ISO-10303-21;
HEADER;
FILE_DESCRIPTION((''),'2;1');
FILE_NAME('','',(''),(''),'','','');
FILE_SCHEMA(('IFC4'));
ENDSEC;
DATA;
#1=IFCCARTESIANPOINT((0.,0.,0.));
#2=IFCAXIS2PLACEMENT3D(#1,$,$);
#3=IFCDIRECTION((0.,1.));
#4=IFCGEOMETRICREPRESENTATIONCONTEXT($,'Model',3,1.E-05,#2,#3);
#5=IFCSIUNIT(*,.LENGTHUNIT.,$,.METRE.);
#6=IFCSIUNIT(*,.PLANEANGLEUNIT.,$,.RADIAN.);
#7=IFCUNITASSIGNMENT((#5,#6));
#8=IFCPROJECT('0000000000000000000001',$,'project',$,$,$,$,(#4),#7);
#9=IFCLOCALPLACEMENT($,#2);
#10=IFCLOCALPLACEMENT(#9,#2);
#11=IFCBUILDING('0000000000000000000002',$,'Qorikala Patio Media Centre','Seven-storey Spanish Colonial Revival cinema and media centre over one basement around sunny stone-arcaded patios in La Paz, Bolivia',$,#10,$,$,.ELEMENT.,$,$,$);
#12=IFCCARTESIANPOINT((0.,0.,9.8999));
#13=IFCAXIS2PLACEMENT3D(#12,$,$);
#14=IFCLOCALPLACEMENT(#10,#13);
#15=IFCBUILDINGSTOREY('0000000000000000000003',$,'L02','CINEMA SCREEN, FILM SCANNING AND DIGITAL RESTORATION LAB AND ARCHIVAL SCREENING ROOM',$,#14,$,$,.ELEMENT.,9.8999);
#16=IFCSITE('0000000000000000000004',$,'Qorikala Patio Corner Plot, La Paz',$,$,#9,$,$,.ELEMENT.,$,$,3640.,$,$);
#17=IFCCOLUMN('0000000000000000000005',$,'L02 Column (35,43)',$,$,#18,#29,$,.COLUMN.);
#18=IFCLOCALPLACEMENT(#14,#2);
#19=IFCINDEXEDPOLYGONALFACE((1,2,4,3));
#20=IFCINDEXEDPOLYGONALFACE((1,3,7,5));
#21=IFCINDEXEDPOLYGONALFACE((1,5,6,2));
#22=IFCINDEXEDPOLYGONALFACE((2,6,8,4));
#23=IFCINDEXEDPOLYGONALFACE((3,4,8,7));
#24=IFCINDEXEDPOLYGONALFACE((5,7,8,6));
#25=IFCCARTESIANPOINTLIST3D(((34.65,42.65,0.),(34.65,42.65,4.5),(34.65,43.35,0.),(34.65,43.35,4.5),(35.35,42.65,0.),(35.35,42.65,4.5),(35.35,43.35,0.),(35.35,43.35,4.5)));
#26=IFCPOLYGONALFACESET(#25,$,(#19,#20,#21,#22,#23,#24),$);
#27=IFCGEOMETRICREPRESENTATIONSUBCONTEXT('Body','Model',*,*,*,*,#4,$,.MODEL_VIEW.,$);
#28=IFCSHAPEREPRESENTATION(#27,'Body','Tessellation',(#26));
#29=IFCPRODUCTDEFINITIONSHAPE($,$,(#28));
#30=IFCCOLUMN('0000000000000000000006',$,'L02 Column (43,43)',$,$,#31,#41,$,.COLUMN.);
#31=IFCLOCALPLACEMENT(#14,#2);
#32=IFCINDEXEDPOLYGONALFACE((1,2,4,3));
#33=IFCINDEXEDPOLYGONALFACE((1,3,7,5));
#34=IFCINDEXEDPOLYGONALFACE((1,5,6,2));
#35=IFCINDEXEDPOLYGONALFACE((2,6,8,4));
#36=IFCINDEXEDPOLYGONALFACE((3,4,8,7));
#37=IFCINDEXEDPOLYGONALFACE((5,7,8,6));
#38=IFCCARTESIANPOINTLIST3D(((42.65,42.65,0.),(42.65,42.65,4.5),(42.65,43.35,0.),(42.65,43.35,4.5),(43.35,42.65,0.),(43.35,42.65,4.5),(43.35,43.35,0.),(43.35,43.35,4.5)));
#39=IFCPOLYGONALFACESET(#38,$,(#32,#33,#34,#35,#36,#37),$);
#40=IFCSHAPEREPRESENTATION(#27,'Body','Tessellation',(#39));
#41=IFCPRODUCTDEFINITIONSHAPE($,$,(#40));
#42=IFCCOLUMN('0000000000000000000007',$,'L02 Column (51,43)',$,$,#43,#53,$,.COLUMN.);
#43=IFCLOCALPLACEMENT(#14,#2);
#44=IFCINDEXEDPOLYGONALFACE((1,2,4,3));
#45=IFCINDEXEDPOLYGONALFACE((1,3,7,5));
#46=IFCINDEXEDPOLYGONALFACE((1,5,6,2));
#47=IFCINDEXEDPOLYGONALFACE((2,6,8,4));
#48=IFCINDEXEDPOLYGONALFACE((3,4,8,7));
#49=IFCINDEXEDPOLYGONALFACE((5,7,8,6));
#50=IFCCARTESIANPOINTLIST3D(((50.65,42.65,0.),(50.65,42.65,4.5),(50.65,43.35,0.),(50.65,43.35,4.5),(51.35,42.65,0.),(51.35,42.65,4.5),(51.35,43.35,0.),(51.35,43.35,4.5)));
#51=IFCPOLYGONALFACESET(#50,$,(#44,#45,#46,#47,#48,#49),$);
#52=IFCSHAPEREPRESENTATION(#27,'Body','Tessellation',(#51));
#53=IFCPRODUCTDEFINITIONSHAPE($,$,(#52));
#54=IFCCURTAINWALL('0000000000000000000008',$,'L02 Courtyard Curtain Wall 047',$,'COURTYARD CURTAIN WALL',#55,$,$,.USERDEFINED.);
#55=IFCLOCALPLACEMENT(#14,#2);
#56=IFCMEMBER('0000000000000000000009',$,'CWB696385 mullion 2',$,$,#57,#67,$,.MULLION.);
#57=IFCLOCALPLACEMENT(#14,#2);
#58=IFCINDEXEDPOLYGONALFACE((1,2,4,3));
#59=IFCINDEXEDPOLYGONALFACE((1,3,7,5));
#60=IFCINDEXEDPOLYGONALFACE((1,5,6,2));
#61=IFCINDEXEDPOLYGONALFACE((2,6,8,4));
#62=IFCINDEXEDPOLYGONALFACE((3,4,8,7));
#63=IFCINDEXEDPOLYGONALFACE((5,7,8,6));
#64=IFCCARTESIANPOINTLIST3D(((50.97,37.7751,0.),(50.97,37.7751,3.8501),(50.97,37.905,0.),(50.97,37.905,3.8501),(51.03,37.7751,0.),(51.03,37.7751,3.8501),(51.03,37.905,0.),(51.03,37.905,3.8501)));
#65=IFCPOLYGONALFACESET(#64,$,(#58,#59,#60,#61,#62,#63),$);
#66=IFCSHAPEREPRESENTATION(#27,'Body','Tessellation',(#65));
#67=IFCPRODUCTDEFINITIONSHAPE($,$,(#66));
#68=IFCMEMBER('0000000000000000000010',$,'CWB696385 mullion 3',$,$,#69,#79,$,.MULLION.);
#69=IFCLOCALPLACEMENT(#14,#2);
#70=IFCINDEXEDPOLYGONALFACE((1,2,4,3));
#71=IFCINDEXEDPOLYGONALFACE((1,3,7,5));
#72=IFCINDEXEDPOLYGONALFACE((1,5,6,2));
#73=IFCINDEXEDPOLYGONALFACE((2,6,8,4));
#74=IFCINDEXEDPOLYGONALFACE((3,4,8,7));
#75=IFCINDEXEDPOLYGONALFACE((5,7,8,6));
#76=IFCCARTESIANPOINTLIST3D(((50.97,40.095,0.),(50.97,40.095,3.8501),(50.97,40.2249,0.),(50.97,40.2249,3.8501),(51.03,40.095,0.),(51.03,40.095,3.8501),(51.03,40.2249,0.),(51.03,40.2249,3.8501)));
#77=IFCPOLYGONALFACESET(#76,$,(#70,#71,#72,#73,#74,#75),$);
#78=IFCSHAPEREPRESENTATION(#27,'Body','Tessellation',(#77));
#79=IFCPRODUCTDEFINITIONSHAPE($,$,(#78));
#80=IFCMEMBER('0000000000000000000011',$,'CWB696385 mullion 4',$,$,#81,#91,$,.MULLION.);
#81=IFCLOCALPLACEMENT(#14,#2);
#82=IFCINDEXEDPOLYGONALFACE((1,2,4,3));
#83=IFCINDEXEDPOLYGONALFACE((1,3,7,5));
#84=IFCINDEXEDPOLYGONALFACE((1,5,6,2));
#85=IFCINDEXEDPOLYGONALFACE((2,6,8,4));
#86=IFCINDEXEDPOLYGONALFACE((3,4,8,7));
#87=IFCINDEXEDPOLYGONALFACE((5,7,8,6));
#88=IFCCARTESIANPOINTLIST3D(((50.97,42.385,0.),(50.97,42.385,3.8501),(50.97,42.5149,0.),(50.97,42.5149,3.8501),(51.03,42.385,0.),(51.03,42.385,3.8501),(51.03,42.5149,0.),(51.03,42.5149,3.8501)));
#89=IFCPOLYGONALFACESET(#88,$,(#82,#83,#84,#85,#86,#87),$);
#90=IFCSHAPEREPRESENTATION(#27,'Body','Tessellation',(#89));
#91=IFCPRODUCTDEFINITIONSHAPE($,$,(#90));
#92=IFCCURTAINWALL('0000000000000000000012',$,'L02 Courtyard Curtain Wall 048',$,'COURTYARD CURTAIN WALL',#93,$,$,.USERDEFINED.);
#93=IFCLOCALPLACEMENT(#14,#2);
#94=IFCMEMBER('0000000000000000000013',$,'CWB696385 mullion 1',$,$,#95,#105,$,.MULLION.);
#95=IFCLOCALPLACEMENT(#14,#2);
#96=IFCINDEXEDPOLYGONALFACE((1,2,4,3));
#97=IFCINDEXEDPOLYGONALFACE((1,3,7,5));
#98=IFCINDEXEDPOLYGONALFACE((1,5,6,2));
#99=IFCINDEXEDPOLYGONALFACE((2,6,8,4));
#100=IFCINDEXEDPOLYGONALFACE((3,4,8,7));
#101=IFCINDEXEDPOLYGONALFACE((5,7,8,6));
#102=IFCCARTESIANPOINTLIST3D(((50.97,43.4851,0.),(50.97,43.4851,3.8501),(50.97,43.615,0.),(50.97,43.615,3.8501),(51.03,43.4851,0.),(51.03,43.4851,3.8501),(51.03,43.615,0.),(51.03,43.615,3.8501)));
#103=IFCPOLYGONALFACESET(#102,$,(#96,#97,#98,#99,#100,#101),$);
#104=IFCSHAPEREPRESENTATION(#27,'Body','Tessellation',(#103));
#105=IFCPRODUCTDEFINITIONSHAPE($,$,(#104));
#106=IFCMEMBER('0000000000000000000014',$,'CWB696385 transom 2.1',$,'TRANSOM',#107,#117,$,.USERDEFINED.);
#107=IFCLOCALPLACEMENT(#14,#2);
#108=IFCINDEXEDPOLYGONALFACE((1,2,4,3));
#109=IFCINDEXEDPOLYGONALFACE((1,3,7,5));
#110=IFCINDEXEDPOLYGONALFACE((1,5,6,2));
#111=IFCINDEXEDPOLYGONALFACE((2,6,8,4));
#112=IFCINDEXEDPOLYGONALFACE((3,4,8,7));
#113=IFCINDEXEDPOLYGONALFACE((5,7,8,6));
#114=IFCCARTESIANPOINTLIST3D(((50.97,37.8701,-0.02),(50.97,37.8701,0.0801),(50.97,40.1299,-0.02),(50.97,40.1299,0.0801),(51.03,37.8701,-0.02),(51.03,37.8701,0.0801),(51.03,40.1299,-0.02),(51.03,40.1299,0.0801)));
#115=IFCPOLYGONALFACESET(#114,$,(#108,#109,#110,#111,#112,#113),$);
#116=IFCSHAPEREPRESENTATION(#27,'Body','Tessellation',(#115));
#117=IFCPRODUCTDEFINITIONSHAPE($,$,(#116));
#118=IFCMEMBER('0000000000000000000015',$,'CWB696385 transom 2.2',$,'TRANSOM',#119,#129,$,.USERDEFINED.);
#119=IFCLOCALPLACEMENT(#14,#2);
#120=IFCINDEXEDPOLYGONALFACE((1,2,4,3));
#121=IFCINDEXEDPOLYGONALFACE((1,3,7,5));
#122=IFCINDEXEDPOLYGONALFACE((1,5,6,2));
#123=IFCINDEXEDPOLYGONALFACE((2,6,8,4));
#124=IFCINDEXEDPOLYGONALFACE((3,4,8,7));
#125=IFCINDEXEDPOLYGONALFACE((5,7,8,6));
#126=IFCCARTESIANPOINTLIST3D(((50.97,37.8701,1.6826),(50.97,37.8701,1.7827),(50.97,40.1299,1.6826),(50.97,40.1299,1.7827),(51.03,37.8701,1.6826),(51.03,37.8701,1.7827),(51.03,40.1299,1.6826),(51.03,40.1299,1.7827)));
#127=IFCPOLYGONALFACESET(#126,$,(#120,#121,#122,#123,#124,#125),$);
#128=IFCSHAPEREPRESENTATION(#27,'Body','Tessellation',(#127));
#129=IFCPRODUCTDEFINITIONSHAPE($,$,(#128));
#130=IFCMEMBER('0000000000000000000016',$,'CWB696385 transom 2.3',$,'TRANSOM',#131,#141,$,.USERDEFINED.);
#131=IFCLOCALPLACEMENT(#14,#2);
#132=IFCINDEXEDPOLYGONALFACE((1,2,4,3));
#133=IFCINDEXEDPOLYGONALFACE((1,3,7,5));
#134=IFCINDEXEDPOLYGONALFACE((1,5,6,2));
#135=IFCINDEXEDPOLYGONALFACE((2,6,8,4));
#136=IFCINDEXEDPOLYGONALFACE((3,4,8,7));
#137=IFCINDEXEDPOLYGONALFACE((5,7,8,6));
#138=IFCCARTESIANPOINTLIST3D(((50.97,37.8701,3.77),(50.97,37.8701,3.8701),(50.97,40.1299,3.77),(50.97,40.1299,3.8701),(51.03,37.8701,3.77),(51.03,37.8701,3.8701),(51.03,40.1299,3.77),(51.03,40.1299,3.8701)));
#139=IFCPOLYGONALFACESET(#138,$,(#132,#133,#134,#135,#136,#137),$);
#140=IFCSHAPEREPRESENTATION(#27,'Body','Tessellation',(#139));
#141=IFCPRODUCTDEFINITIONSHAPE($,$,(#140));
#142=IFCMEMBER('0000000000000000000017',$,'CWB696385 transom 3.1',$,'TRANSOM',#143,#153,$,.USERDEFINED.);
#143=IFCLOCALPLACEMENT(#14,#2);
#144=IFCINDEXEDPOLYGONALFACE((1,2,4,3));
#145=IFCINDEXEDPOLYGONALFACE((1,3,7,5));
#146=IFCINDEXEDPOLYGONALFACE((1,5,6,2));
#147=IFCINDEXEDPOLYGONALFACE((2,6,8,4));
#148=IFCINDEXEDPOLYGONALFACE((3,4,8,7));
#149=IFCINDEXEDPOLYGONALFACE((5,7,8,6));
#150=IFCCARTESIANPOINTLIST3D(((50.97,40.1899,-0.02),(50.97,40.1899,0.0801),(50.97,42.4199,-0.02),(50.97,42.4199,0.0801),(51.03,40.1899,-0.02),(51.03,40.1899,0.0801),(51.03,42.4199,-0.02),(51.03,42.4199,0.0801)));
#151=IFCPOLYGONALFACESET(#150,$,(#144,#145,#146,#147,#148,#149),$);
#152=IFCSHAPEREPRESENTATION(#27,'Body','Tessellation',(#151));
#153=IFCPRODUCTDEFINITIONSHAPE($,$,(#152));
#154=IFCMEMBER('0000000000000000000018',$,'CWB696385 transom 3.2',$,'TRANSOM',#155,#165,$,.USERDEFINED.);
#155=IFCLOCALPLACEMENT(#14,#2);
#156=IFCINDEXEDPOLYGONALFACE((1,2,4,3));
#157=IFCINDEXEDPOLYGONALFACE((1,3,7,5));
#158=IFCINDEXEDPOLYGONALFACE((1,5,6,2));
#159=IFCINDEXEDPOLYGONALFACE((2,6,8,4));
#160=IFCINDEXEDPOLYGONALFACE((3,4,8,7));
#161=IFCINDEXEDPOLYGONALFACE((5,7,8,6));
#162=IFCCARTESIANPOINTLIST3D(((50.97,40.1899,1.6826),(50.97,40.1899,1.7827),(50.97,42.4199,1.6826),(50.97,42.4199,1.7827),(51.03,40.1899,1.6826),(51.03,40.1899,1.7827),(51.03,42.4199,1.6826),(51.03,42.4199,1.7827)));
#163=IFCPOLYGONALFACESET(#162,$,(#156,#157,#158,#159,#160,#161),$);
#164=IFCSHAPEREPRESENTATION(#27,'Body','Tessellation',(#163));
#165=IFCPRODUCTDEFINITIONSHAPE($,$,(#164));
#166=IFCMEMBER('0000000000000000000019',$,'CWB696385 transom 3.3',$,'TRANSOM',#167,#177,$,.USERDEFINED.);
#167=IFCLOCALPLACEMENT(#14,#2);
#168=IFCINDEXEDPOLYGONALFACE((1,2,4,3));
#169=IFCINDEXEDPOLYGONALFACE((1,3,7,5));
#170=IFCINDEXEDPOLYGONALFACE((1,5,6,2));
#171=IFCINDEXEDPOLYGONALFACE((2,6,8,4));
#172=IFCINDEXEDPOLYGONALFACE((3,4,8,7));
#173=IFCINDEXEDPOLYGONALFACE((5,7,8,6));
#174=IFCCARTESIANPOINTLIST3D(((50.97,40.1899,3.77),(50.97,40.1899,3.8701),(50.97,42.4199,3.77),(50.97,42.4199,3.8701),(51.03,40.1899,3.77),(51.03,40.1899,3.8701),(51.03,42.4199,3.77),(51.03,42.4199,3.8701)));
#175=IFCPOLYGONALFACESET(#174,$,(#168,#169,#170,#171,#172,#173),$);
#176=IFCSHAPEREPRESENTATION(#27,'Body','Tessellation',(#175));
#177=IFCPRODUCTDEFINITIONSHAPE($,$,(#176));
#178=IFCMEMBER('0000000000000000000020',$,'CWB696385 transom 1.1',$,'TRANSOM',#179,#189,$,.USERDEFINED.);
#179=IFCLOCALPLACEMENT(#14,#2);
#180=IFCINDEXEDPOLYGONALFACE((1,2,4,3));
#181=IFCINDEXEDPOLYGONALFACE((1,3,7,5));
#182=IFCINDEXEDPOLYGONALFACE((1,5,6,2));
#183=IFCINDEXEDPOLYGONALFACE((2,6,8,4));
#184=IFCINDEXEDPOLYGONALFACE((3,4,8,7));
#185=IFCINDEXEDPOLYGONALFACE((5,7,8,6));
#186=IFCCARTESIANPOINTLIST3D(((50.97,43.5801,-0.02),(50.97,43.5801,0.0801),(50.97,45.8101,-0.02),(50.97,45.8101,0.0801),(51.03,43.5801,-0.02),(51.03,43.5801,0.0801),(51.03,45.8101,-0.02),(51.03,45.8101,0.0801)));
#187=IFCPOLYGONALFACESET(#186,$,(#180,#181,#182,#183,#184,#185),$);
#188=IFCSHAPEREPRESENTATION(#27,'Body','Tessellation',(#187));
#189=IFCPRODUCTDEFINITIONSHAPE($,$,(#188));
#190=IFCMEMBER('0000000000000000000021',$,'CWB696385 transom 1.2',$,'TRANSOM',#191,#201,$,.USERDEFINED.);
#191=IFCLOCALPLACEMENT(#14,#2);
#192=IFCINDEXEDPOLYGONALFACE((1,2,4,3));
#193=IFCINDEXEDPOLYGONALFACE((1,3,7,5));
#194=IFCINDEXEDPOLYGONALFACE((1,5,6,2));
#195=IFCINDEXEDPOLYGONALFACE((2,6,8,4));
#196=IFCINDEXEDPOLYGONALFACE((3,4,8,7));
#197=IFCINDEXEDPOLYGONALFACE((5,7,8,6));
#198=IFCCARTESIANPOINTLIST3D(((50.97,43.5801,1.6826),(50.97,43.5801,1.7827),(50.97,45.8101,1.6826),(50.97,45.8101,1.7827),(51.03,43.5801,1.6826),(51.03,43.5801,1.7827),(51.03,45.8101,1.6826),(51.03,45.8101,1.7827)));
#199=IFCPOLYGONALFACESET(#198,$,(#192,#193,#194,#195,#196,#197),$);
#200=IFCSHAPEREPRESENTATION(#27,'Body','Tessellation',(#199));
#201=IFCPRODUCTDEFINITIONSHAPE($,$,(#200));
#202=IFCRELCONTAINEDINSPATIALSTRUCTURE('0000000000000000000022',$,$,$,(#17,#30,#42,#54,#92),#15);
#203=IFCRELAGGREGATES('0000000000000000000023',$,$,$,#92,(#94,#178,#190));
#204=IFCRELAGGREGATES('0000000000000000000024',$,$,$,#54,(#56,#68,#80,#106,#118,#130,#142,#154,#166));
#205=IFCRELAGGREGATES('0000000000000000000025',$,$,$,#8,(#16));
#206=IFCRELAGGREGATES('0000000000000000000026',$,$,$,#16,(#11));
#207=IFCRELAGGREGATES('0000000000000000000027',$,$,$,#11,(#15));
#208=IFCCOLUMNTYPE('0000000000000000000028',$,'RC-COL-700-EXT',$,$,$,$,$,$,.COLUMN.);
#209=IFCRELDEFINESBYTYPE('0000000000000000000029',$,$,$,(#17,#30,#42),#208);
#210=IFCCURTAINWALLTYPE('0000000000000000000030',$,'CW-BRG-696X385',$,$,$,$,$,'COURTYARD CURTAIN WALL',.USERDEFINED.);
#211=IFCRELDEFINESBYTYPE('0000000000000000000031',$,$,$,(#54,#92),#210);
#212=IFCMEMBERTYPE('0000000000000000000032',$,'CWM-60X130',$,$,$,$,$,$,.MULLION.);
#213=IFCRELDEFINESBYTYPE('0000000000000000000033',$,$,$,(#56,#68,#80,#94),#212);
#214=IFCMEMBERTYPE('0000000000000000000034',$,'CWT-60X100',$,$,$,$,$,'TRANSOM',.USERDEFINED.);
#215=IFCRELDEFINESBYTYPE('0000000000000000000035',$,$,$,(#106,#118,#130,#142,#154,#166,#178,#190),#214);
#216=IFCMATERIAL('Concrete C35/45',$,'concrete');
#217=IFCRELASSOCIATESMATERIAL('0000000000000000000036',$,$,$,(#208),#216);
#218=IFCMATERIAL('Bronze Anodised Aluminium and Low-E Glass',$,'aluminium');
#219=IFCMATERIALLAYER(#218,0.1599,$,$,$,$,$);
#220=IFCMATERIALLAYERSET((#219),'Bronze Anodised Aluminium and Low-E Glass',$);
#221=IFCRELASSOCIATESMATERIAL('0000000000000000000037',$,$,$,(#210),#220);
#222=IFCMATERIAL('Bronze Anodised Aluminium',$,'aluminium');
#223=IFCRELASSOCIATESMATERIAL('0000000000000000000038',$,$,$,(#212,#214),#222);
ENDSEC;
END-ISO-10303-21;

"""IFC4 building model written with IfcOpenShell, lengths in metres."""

from ifc_helpers import new_model, si_unit, direction, frame, origin, origin_2d, place, context, subcontext, project, spatial, rectangle, extrude, material, layer, layer_set, material_profile, profile_set, type_object, element, aggregate, save


model = new_model("IFC4")

# Units and contexts
model_context = context("Model", 3, precision=1e-05, world=origin(), true_north=direction((0.0, 1.0)))
body_context = subcontext(model_context, "Body", "Model", "MODEL_VIEW")
ifc_project = project(units=[si_unit("LENGTHUNIT", "METRE"), si_unit("PLANEANGLEUNIT", "RADIAN")], contexts=[model_context])

# Site, building, storey
site_placement = place(None, origin())
site = spatial("IfcSite", under=ifc_project, at=site_placement, Name="Qorikala Patio Corner Plot, La Paz", CompositionType="ELEMENT", RefElevation=3640.0)
building_placement = place(site_placement, origin())
building = spatial("IfcBuilding", under=site, at=building_placement, Name="Qorikala Patio Media Centre", Description="Seven-storey Spanish Colonial Revival cinema and media centre over one basement around sunny stone-arcaded patios in La Paz, Bolivia", CompositionType="ELEMENT")
storey_placement = place(building_placement, frame((0.0, 0.0, 9.8999)))
storey = spatial("IfcBuildingStorey", under=building, at=storey_placement, Name="L02", Description="CINEMA SCREEN, FILM SCANNING AND DIGITAL RESTORATION LAB AND ARCHIVAL SCREENING ROOM", CompositionType="ELEMENT", Elevation=9.8999)

# Columns
ifc_material_1 = material(Name="Concrete C35/45", Category="concrete")
ifc_material_profile_1 = material_profile(ifc_material_1, rectangle(XDim=0.7, YDim=0.7, at=origin_2d()), Name="RC 700x700")
ifc_profile_set_1 = profile_set([ifc_material_profile_1], Name="Concrete C35/45")
column_type = type_object("IfcColumnType", Name="RC-COL-700-EXT", PredefinedType="COLUMN", material=ifc_profile_set_1)
for number, where, z_axis, x_axis, name in (
    (1, (35.0, 43.0, 0.0), (0.0, 0.0, 1.0), (1.0, 0.0, 0.0), "L02 Column (35,43)"),
    (2, (43.0, 43.0, 0.0), (0.0, 0.0, 1.0), (1.0, 0.0, 0.0), "L02 Column (43,43)"),
    (3, (51.0, 43.0, 0.0), (0.0, 0.0, 1.0), (1.0, 0.0, 0.0), "L02 Column (51,43)"),
):
    element("IfcColumn", number, at=place(storey_placement, frame(where, z_axis=z_axis, x_axis=x_axis)), inside=storey, type_object=column_type, Name=name, PredefinedType="COLUMN", context=body_context, shape_type="SweptSolid", body=[
        extrude(rectangle(XDim=0.7, YDim=0.7, at=origin_2d()), origin(), (0.0, 0.0, 1.0), 4.5),
    ])

# Curtain wall, members
ifc_material_2 = material(Name="Bronze Anodised Aluminium and Low-E Glass", Category="aluminium")
ifc_layer_1 = layer(ifc_material_2, 0.1599)
ifc_layer_set_1 = layer_set([ifc_layer_1], Name="Bronze Anodised Aluminium and Low-E Glass")
curtain_wall_type = type_object("IfcCurtainWallType", Name="CW-BRG-696X385", ElementType="COURTYARD CURTAIN WALL", PredefinedType="USERDEFINED", material=ifc_layer_set_1)
curtain_wall_1_placement = place(storey_placement, origin())
curtain_wall_1 = element("IfcCurtainWall", 4, at=curtain_wall_1_placement, inside=storey, type_object=curtain_wall_type, Name="L02 Courtyard Curtain Wall 047", ObjectType="COURTYARD CURTAIN WALL", PredefinedType="USERDEFINED")
ifc_material_3 = material(Name="Bronze Anodised Aluminium", Category="aluminium")
ifc_material_profile_2 = material_profile(ifc_material_3, rectangle(XDim=0.0601, YDim=0.1299, at=origin_2d()), Name="ALU MULLION 60x130")
ifc_profile_set_2 = profile_set([ifc_material_profile_2], Name="Bronze Anodised Aluminium")
member_type_1 = type_object("IfcMemberType", Name="CWM-60X130", PredefinedType="MULLION", material=ifc_profile_set_2)
member_1_placement = place(storey_placement, frame((51.0, 37.8401, 0.0), z_axis=(0.0, 0.0, 1.0), x_axis=(-1.0, 0.0, 0.0)))
member_1 = element("IfcMember", 5, at=member_1_placement, type_object=member_type_1, Name="CWB696385 mullion 2", PredefinedType="MULLION", context=body_context, shape_type="SweptSolid", body=[
    extrude(rectangle(XDim=0.0601, YDim=0.1299, at=origin_2d()), origin(), (0.0, 0.0, 1.0), 3.8501),
])
member_2_placement = place(storey_placement, frame((51.0, 40.1599, 0.0), z_axis=(0.0, 0.0, 1.0), x_axis=(-1.0, 0.0, 0.0)))
member_2 = element("IfcMember", 6, at=member_2_placement, type_object=member_type_1, Name="CWB696385 mullion 3", PredefinedType="MULLION", context=body_context, shape_type="SweptSolid", body=[
    extrude(rectangle(XDim=0.0601, YDim=0.1299, at=origin_2d()), origin(), (0.0, 0.0, 1.0), 3.8501),
])
member_3_placement = place(storey_placement, frame((51.0, 42.45, 0.0), z_axis=(0.0, 0.0, 1.0), x_axis=(-1.0, 0.0, 0.0)))
member_3 = element("IfcMember", 7, at=member_3_placement, type_object=member_type_1, Name="CWB696385 mullion 4", PredefinedType="MULLION", context=body_context, shape_type="SweptSolid", body=[
    extrude(rectangle(XDim=0.0601, YDim=0.1299, at=origin_2d()), origin(), (0.0, 0.0, 1.0), 3.8501),
])

# Curtain wall, member
curtain_wall_2_placement = place(storey_placement, origin())
curtain_wall_2 = element("IfcCurtainWall", 8, at=curtain_wall_2_placement, inside=storey, type_object=curtain_wall_type, Name="L02 Courtyard Curtain Wall 048", ObjectType="COURTYARD CURTAIN WALL", PredefinedType="USERDEFINED")
member_4_placement = place(storey_placement, frame((51.0, 43.55, 0.0), z_axis=(0.0, 0.0, 1.0), x_axis=(-1.0, 0.0, 0.0)))
member_4 = element("IfcMember", 9, at=member_4_placement, type_object=member_type_1, Name="CWB696385 mullion 1", PredefinedType="MULLION", context=body_context, shape_type="SweptSolid", body=[
    extrude(rectangle(XDim=0.0601, YDim=0.1299, at=origin_2d()), origin(), (0.0, 0.0, 1.0), 3.8501),
])

# Members
ifc_material_profile_3 = material_profile(ifc_material_3, rectangle(XDim=0.0601, YDim=0.1001, at=origin_2d()), Name="ALU TRANSOM 60x100")
ifc_profile_set_3 = profile_set([ifc_material_profile_3], Name="Bronze Anodised Aluminium")
member_type_2 = type_object("IfcMemberType", Name="CWT-60X100", ElementType="TRANSOM", PredefinedType="USERDEFINED", material=ifc_profile_set_3)
member_5_placement = place(storey_placement, frame((51.0, 37.8701, 0.03), z_axis=(0.0, 1.0, 0.0), x_axis=(-1.0, 0.0, 0.0)))
member_5 = element("IfcMember", 10, at=member_5_placement, type_object=member_type_2, Name="CWB696385 transom 2.1", ObjectType="TRANSOM", PredefinedType="USERDEFINED", context=body_context, shape_type="SweptSolid", body=[
    extrude(rectangle(XDim=0.0601, YDim=0.1001, at=origin_2d()), origin(), (0.0, 0.0, 1.0), 2.2598),
])
member_6_placement = place(storey_placement, frame((51.0, 37.8701, 1.7327), z_axis=(0.0, 1.0, 0.0), x_axis=(-1.0, 0.0, 0.0)))
member_6 = element("IfcMember", 11, at=member_6_placement, type_object=member_type_2, Name="CWB696385 transom 2.2", ObjectType="TRANSOM", PredefinedType="USERDEFINED", context=body_context, shape_type="SweptSolid", body=[
    extrude(rectangle(XDim=0.0601, YDim=0.1001, at=origin_2d()), origin(), (0.0, 0.0, 1.0), 2.2598),
])
member_7_placement = place(storey_placement, frame((51.0, 37.8701, 3.8201), z_axis=(0.0, 1.0, 0.0), x_axis=(-1.0, 0.0, 0.0)))
member_7 = element("IfcMember", 12, at=member_7_placement, type_object=member_type_2, Name="CWB696385 transom 2.3", ObjectType="TRANSOM", PredefinedType="USERDEFINED", context=body_context, shape_type="SweptSolid", body=[
    extrude(rectangle(XDim=0.0601, YDim=0.1001, at=origin_2d()), origin(), (0.0, 0.0, 1.0), 2.2598),
])
member_8_placement = place(storey_placement, frame((51.0, 40.1899, 0.03), z_axis=(0.0, 1.0, 0.0), x_axis=(-1.0, 0.0, 0.0)))
member_8 = element("IfcMember", 13, at=member_8_placement, type_object=member_type_2, Name="CWB696385 transom 3.1", ObjectType="TRANSOM", PredefinedType="USERDEFINED", context=body_context, shape_type="SweptSolid", body=[
    extrude(rectangle(XDim=0.0601, YDim=0.1001, at=origin_2d()), origin(), (0.0, 0.0, 1.0), 2.23),
])
member_9_placement = place(storey_placement, frame((51.0, 40.1899, 1.7327), z_axis=(0.0, 1.0, 0.0), x_axis=(-1.0, 0.0, 0.0)))
member_9 = element("IfcMember", 14, at=member_9_placement, type_object=member_type_2, Name="CWB696385 transom 3.2", ObjectType="TRANSOM", PredefinedType="USERDEFINED", context=body_context, shape_type="SweptSolid", body=[
    extrude(rectangle(XDim=0.0601, YDim=0.1001, at=origin_2d()), origin(), (0.0, 0.0, 1.0), 2.23),
])
member_10_placement = place(storey_placement, frame((51.0, 40.1899, 3.8201), z_axis=(0.0, 1.0, 0.0), x_axis=(-1.0, 0.0, 0.0)))
member_10 = element("IfcMember", 15, at=member_10_placement, type_object=member_type_2, Name="CWB696385 transom 3.3", ObjectType="TRANSOM", PredefinedType="USERDEFINED", context=body_context, shape_type="SweptSolid", body=[
    extrude(rectangle(XDim=0.0601, YDim=0.1001, at=origin_2d()), origin(), (0.0, 0.0, 1.0), 2.23),
])
member_11_placement = place(storey_placement, frame((51.0, 43.5801, 0.03), z_axis=(0.0, 1.0, 0.0), x_axis=(-1.0, 0.0, 0.0)))
member_11 = element("IfcMember", 16, at=member_11_placement, type_object=member_type_2, Name="CWB696385 transom 1.1", ObjectType="TRANSOM", PredefinedType="USERDEFINED", context=body_context, shape_type="SweptSolid", body=[
    extrude(rectangle(XDim=0.0601, YDim=0.1001, at=origin_2d()), origin(), (0.0, 0.0, 1.0), 2.23),
])
member_12_placement = place(storey_placement, frame((51.0, 43.5801, 1.7327), z_axis=(0.0, 1.0, 0.0), x_axis=(-1.0, 0.0, 0.0)))
member_12 = element("IfcMember", 17, at=member_12_placement, type_object=member_type_2, Name="CWB696385 transom 1.2", ObjectType="TRANSOM", PredefinedType="USERDEFINED", context=body_context, shape_type="SweptSolid", body=[
    extrude(rectangle(XDim=0.0601, YDim=0.1001, at=origin_2d()), origin(), (0.0, 0.0, 1.0), 2.23),
])
aggregate(curtain_wall_2, [member_4, member_11, member_12])

aggregate(curtain_wall_1, [member_1, member_2, member_3, member_5, member_6, member_7, member_8, member_9, member_10])

save(model, "model.ifc")
